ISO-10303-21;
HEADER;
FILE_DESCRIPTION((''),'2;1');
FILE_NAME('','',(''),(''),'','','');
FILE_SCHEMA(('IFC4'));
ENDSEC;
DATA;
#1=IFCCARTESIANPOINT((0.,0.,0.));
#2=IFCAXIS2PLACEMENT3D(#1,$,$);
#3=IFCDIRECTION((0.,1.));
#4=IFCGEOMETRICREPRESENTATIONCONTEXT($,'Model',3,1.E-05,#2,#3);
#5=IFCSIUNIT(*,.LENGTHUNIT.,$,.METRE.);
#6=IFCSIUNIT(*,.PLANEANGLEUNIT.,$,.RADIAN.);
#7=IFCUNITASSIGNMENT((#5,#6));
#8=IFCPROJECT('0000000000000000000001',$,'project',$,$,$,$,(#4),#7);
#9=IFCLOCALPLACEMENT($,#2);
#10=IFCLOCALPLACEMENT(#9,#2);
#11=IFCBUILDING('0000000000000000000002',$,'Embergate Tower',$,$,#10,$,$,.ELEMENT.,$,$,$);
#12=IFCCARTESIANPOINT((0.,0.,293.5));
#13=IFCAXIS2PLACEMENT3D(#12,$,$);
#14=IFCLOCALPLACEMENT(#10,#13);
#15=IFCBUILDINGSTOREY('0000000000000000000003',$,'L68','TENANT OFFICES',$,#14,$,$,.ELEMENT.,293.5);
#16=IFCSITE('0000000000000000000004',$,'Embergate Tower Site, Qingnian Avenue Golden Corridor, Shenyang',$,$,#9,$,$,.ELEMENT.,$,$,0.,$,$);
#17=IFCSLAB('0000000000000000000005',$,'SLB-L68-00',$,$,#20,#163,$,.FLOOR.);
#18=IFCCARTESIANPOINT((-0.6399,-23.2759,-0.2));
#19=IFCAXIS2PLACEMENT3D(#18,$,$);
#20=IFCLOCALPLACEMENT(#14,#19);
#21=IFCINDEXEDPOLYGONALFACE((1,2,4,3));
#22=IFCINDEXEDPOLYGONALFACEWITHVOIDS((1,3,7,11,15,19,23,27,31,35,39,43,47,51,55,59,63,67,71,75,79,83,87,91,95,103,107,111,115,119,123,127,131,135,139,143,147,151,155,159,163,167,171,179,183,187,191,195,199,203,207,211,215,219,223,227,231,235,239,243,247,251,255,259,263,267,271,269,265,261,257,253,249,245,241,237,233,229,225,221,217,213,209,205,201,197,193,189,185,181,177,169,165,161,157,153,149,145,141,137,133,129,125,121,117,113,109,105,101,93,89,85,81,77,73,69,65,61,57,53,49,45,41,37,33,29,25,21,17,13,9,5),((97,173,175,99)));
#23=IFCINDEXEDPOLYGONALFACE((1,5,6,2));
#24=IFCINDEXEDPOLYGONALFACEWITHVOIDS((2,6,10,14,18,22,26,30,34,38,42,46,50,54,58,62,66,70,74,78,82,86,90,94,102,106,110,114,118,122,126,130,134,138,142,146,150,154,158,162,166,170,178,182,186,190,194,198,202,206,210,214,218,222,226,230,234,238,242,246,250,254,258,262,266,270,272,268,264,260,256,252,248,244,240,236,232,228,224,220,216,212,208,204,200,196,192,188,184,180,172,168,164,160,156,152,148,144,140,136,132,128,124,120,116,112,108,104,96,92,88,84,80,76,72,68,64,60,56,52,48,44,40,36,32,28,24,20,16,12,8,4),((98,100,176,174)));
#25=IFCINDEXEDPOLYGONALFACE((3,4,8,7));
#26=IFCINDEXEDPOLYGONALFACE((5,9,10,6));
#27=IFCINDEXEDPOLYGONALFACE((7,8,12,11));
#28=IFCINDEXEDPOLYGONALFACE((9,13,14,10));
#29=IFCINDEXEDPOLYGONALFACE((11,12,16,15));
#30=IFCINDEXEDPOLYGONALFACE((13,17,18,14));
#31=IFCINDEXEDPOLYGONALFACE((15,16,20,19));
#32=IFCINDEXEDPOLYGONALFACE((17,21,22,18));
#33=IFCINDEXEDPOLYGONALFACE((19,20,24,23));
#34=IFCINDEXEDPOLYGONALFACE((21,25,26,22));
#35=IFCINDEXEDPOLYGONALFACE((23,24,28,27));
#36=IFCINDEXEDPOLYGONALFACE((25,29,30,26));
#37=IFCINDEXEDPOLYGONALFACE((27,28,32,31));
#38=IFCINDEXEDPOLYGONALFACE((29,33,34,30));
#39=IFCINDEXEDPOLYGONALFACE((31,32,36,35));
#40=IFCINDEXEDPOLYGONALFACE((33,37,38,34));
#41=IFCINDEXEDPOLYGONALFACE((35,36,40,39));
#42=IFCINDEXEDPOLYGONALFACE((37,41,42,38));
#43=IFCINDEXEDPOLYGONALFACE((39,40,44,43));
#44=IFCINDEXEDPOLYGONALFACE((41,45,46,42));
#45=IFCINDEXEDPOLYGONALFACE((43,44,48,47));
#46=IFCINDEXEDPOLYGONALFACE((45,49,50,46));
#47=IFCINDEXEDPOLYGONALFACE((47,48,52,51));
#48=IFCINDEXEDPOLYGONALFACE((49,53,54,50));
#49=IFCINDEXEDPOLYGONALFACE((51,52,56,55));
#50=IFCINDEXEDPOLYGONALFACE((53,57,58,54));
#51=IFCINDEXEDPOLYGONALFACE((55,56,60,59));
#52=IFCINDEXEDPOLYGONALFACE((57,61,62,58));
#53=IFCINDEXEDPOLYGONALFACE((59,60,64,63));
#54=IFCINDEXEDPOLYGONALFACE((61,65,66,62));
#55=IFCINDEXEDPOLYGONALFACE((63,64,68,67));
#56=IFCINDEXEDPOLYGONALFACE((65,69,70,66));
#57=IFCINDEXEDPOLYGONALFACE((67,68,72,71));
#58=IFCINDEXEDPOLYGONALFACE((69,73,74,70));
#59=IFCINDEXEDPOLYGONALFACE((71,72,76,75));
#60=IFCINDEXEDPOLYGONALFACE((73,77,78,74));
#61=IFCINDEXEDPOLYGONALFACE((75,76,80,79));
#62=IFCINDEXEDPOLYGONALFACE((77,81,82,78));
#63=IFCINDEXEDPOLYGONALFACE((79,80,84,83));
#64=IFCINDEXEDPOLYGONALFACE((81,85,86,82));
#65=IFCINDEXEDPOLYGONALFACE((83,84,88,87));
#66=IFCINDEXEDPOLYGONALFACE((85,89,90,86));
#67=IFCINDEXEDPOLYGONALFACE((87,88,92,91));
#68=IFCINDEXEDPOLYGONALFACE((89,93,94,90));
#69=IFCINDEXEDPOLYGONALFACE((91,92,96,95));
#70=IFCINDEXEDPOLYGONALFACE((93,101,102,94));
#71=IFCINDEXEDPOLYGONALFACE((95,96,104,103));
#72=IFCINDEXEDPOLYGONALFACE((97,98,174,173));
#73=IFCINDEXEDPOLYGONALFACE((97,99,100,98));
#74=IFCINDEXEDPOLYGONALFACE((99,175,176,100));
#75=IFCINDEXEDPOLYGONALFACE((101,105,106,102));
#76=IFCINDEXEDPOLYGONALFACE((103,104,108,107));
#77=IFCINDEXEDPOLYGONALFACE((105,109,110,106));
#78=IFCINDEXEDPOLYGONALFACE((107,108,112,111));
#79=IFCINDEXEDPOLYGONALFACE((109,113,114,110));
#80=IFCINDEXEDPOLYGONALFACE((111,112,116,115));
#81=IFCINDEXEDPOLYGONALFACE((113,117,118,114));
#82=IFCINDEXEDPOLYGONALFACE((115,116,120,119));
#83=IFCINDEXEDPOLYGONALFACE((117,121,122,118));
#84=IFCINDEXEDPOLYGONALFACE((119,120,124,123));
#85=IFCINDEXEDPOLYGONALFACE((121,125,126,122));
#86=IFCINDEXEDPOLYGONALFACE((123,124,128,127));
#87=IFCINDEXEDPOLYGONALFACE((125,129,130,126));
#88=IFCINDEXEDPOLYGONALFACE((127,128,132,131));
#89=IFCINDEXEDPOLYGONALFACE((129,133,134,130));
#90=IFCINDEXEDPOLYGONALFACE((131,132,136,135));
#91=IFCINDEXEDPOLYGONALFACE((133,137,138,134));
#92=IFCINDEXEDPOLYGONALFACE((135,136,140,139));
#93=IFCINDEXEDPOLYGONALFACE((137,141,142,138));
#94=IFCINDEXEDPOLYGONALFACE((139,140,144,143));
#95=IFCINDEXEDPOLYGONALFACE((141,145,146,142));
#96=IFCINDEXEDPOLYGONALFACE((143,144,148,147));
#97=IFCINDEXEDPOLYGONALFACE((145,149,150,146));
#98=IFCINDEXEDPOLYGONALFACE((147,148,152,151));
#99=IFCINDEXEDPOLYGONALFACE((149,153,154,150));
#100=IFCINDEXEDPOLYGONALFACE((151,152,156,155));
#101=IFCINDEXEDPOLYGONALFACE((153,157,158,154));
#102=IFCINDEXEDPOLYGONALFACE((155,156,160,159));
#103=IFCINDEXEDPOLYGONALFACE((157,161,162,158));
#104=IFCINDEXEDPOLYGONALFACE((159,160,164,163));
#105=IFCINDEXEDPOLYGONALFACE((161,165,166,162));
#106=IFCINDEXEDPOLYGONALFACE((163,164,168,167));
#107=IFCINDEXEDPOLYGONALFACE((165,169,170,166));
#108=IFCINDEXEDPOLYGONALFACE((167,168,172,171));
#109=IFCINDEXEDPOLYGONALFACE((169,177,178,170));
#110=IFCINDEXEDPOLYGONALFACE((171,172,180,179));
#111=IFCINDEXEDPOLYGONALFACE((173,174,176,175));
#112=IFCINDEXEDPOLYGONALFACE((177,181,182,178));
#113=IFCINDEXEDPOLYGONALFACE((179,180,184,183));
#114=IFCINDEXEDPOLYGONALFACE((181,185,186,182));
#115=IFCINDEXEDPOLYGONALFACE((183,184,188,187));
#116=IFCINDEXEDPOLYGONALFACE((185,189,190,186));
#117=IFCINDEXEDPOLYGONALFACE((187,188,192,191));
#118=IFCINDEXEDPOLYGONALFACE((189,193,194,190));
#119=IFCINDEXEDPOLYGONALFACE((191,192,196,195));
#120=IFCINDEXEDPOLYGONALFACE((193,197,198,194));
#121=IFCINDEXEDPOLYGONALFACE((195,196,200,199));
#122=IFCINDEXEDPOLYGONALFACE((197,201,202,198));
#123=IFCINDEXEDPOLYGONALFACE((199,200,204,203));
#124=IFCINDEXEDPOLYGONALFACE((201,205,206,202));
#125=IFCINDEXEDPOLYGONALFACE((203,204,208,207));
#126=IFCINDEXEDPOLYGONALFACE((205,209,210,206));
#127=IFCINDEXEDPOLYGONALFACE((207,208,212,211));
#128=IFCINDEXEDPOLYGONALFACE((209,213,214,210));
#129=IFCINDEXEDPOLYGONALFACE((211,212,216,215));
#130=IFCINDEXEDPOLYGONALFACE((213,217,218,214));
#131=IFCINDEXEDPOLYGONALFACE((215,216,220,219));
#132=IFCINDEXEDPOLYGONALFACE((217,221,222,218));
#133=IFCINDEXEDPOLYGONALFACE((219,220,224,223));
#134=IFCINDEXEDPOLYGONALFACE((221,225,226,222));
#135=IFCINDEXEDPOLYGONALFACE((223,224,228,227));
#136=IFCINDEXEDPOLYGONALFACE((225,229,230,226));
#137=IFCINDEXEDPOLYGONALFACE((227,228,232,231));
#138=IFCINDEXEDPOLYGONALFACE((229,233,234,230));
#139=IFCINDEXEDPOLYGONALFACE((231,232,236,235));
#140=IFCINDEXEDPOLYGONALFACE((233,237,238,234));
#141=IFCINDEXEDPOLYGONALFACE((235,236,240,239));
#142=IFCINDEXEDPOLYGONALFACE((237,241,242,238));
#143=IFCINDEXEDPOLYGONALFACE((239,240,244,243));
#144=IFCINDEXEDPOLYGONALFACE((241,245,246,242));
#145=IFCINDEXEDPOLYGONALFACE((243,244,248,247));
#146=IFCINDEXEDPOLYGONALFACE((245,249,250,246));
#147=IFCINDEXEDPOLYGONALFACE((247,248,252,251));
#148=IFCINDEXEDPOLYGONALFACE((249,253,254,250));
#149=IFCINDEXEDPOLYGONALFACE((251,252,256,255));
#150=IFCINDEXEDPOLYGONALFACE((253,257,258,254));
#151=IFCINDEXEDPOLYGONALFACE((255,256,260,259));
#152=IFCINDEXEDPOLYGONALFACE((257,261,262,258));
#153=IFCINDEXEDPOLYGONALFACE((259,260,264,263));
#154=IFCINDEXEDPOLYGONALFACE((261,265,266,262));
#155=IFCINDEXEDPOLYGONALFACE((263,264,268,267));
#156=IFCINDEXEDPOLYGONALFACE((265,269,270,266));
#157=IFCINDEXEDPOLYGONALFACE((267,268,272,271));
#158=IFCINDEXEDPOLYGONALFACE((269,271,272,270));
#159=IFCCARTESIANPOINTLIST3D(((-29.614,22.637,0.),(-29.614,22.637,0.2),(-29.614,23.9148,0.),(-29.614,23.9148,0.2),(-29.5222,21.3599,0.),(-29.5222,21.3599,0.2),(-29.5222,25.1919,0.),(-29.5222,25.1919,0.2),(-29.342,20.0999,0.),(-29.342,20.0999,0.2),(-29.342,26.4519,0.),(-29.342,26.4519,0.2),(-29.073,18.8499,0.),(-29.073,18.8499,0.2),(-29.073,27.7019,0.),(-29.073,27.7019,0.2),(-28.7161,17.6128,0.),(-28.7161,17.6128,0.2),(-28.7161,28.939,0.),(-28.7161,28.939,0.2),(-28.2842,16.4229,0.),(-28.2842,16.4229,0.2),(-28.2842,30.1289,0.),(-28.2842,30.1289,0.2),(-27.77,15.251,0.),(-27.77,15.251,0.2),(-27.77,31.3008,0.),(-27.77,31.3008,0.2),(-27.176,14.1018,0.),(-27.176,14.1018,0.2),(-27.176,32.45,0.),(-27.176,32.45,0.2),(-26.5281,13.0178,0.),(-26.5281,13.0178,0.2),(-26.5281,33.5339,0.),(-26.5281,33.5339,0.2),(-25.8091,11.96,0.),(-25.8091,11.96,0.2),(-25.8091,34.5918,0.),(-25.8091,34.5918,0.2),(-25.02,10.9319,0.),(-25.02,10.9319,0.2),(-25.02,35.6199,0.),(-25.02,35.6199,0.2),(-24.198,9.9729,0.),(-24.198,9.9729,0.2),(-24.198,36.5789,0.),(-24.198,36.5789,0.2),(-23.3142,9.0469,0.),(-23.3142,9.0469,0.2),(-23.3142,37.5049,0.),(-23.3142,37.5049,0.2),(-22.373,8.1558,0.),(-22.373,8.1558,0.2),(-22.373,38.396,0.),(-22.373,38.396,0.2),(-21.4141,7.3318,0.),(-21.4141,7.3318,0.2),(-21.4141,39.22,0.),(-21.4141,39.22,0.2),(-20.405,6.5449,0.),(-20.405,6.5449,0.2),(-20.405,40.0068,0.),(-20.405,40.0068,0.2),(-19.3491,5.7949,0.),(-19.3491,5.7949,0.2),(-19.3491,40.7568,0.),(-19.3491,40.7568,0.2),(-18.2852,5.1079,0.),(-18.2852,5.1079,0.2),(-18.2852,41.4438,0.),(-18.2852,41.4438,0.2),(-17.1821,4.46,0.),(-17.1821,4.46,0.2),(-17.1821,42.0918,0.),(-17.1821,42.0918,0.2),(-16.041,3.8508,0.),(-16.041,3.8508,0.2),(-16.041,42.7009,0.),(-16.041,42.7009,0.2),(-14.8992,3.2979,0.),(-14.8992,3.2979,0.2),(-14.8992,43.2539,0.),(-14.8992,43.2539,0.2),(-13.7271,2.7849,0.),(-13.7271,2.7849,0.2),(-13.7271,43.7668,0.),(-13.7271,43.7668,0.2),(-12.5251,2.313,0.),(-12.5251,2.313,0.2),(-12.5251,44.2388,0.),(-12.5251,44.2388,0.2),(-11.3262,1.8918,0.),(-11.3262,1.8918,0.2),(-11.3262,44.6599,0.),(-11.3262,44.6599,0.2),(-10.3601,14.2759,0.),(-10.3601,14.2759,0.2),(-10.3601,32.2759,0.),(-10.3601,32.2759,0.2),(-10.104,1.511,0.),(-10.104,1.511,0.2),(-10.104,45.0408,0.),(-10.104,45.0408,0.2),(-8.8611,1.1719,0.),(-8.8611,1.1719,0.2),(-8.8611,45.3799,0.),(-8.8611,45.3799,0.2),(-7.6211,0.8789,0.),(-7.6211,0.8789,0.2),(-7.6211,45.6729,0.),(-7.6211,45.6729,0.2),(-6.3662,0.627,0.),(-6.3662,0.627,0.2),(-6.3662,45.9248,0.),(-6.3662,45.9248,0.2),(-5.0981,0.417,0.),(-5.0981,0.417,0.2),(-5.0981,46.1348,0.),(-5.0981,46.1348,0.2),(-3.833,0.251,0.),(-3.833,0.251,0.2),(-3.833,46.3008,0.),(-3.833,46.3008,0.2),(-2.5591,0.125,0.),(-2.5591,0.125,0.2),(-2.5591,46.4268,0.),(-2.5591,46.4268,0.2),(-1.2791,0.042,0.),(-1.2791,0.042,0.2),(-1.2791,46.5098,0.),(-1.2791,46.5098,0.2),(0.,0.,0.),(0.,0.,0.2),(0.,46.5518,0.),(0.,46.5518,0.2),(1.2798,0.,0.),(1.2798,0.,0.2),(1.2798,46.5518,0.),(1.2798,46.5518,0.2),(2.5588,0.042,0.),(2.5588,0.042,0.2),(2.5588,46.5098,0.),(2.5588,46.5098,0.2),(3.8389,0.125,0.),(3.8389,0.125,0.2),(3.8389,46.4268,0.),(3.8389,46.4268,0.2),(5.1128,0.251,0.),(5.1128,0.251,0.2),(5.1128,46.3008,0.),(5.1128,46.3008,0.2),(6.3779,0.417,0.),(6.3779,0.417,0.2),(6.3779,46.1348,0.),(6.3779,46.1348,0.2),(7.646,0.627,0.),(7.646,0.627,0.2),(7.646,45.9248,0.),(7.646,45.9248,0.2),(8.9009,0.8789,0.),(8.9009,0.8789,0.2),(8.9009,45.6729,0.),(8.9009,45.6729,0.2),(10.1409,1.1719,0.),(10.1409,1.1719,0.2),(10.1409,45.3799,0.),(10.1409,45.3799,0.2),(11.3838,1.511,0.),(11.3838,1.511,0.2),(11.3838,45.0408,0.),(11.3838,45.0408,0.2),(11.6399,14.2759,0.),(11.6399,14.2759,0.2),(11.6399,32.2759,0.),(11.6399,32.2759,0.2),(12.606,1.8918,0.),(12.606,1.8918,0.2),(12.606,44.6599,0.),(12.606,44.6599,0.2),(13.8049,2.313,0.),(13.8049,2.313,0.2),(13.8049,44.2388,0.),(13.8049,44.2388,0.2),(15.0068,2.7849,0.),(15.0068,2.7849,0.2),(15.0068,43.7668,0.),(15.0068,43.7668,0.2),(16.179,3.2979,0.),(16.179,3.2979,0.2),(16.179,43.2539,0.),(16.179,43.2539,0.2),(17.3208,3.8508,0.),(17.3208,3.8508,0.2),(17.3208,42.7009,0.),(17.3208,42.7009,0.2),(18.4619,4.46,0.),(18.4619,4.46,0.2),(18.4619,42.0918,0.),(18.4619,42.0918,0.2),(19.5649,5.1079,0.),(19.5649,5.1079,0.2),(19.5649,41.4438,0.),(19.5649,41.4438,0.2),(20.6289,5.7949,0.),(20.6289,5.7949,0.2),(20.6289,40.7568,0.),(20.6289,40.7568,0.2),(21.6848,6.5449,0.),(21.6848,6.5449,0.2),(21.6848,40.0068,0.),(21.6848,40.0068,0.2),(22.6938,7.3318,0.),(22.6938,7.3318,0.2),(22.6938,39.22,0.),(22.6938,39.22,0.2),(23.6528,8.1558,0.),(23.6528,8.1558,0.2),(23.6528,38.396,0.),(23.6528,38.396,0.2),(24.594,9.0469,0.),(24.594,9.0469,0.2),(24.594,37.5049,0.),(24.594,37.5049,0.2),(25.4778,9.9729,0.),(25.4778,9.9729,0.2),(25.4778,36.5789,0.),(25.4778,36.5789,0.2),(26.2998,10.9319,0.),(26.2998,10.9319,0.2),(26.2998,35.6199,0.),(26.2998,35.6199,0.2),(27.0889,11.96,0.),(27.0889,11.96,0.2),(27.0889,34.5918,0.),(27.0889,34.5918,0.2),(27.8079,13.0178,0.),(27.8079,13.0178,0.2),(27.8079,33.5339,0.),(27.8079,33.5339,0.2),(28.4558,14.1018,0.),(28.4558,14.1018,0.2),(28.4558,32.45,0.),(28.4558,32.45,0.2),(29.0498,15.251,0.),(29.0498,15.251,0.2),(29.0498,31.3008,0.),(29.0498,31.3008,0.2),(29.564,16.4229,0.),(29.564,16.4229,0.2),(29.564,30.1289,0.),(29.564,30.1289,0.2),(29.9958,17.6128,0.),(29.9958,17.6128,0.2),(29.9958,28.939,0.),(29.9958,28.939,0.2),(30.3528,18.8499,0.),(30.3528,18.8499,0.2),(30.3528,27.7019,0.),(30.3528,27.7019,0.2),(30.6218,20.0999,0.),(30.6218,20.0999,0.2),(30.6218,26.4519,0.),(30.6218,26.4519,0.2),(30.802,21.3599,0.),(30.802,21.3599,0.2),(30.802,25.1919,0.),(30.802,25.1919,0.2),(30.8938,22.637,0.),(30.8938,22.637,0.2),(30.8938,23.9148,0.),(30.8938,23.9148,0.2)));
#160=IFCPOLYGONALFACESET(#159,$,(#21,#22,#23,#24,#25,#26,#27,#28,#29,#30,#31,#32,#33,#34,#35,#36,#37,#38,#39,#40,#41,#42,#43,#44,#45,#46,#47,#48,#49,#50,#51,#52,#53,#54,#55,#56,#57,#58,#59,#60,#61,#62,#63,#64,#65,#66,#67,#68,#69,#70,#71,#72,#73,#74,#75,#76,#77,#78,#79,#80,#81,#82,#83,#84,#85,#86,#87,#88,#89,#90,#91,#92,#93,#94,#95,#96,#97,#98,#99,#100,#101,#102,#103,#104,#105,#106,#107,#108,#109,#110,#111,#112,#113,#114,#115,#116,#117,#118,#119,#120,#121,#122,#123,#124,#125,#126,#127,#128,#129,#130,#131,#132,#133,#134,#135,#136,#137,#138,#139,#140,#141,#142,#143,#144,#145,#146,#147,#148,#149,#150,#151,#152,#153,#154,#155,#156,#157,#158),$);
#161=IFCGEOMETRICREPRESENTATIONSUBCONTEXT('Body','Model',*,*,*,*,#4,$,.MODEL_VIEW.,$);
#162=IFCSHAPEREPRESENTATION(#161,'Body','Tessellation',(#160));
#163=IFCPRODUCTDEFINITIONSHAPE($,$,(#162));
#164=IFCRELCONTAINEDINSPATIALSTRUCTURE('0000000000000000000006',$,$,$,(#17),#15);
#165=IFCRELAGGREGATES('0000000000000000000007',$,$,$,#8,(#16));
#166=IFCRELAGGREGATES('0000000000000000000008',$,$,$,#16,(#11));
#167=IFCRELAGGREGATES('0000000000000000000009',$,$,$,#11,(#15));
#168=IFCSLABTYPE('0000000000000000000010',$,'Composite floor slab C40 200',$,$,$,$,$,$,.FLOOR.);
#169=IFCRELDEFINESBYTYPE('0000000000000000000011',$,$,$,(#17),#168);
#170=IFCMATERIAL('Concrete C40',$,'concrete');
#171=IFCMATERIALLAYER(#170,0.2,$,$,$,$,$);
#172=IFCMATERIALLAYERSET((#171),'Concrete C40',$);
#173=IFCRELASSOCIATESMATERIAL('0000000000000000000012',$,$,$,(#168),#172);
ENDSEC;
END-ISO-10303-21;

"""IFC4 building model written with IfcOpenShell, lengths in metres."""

from ifc_helpers import new_model, si_unit, direction, frame, origin, place, context, subcontext, project, spatial, polyline, outline, extrude, source, transform, mapped, material, layer, layer_set, type_object, element, save


model = new_model("IFC4")

# Units and contexts
model_context = context("Model", 3, precision=1e-05, world=origin(), true_north=direction((0.0, 1.0)))
body_context = subcontext(model_context, "Body", "Model", "MODEL_VIEW")
ifc_project = project(units=[si_unit("LENGTHUNIT", "METRE"), si_unit("PLANEANGLEUNIT", "RADIAN")], contexts=[model_context])

# Site, building, storey
site_placement = place(None, origin())
site = spatial("IfcSite", under=ifc_project, at=site_placement, Name="Embergate Tower Site, Qingnian Avenue Golden Corridor, Shenyang", CompositionType="ELEMENT", RefElevation=0.0)
building_placement = place(site_placement, origin())
building = spatial("IfcBuilding", under=site, at=building_placement, Name="Embergate Tower", CompositionType="ELEMENT")
storey_placement = place(building_placement, frame((0.0, 0.0, 293.5)))
storey = spatial("IfcBuildingStorey", under=building, at=storey_placement, Name="L68", Description="TENANT OFFICES", CompositionType="ELEMENT", Elevation=293.5)

# Slab
ifc_material_1 = material(Name="Concrete C40", Category="concrete")
ifc_layer_1 = layer(ifc_material_1, 0.2)
ifc_layer_set_1 = layer_set([ifc_layer_1], Name="Concrete C40")
slab_type = type_object("IfcSlabType", Name="Composite floor slab C40 200", PredefinedType="FLOOR", material=ifc_layer_set_1)
shared_shape_1 = source(origin(), body_context, "Body", "SweptSolid", [
    extrude(outline(polyline([(0.0, 0.0), (1.2798, 0.0), (2.5588, 0.042), (3.8389, 0.125), (5.1128, 0.251), (6.3779, 0.417), (7.646, 0.627), (8.9009, 0.8789), (10.1409, 1.1719), (11.3838, 1.511), (12.606, 1.8918), (13.8049, 2.313), (15.0068, 2.7849), (16.179, 3.2979), (17.3208, 3.8508), (18.4619, 4.46), (19.5649, 5.1079), (20.6289, 5.7949), (21.6848, 6.5449), (22.6938, 7.3318), (23.6528, 8.1558), (24.594, 9.0469), (25.4778, 9.9729), (26.2998, 10.9319), (27.0889, 11.96), (27.8079, 13.0178), (28.4558, 14.1018), (29.0498, 15.251), (29.564, 16.4229), (29.9958, 17.6128), (30.3528, 18.8499), (30.6218, 20.0999), (30.802, 21.3599), (30.8938, 22.637), (30.8938, 23.9148), (30.802, 25.1919), (30.6218, 26.4519), (30.3528, 27.7019), (29.9958, 28.939), (29.564, 30.1289), (29.0498, 31.3008), (28.4558, 32.45), (27.8079, 33.5339), (27.0889, 34.5918), (26.2998, 35.6199), (25.4778, 36.5789), (24.594, 37.5049), (23.6528, 38.396), (22.6938, 39.22), (21.6848, 40.0068), (20.6289, 40.7568), (19.5649, 41.4438), (18.4619, 42.0918), (17.3208, 42.7009), (16.179, 43.2539), (15.0068, 43.7668), (13.8049, 44.2388), (12.606, 44.6599), (11.3838, 45.0408), (10.1409, 45.3799), (8.9009, 45.6729), (7.646, 45.9248), (6.3779, 46.1348), (5.1128, 46.3008), (3.8389, 46.4268), (2.5588, 46.5098), (1.2798, 46.5518), (0.0, 46.5518), (-1.2791, 46.5098), (-2.5591, 46.4268), (-3.833, 46.3008), (-5.0981, 46.1348), (-6.3662, 45.9248), (-7.6211, 45.6729), (-8.8611, 45.3799), (-10.104, 45.0408), (-11.3262, 44.6599), (-12.5251, 44.2388), (-13.7271, 43.7668), (-14.8992, 43.2539), (-16.041, 42.7009), (-17.1821, 42.0918), (-18.2852, 41.4438), (-19.3491, 40.7568), (-20.405, 40.0068), (-21.4141, 39.22), (-22.373, 38.396), (-23.3142, 37.5049), (-24.198, 36.5789), (-25.02, 35.6199), (-25.8091, 34.5918), (-26.5281, 33.5339), (-27.176, 32.45), (-27.77, 31.3008), (-28.2842, 30.1289), (-28.7161, 28.939), (-29.073, 27.7019), (-29.342, 26.4519), (-29.5222, 25.1919), (-29.614, 23.9148), (-29.614, 22.637), (-29.5222, 21.3599), (-29.342, 20.0999), (-29.073, 18.8499), (-28.7161, 17.6128), (-28.2842, 16.4229), (-27.77, 15.251), (-27.176, 14.1018), (-26.5281, 13.0178), (-25.8091, 11.96), (-25.02, 10.9319), (-24.198, 9.9729), (-23.3142, 9.0469), (-22.373, 8.1558), (-21.4141, 7.3318), (-20.405, 6.5449), (-19.3491, 5.7949), (-18.2852, 5.1079), (-17.1821, 4.46), (-16.041, 3.8508), (-14.8992, 3.2979), (-13.7271, 2.7849), (-12.5251, 2.313), (-11.3262, 1.8918), (-10.104, 1.511), (-8.8611, 1.1719), (-7.6211, 0.8789), (-6.3662, 0.627), (-5.0981, 0.417), (-3.833, 0.251), (-2.5591, 0.125), (-1.2791, 0.042), (0.0, 0.0)]), holes=[polyline([(-10.3601, 14.2759), (-10.3601, 32.2759), (11.6399, 32.2759), (11.6399, 14.2759), (-10.3601, 14.2759)])]), origin(), (0.0, 0.0, 1.0), 0.2),
])
slab_placement = place(storey_placement, frame((-0.6399, -23.2759, -0.2)))
element("IfcSlab", 1, at=slab_placement, inside=storey, type_object=slab_type, Name="SLB-L68-00", PredefinedType="FLOOR", context=body_context, shape_type="MappedRepresentation", body=[
    mapped(shared_shape_1, transform((0.0, 0.0, 0.0))),
])

save(model, "model.ifc")
